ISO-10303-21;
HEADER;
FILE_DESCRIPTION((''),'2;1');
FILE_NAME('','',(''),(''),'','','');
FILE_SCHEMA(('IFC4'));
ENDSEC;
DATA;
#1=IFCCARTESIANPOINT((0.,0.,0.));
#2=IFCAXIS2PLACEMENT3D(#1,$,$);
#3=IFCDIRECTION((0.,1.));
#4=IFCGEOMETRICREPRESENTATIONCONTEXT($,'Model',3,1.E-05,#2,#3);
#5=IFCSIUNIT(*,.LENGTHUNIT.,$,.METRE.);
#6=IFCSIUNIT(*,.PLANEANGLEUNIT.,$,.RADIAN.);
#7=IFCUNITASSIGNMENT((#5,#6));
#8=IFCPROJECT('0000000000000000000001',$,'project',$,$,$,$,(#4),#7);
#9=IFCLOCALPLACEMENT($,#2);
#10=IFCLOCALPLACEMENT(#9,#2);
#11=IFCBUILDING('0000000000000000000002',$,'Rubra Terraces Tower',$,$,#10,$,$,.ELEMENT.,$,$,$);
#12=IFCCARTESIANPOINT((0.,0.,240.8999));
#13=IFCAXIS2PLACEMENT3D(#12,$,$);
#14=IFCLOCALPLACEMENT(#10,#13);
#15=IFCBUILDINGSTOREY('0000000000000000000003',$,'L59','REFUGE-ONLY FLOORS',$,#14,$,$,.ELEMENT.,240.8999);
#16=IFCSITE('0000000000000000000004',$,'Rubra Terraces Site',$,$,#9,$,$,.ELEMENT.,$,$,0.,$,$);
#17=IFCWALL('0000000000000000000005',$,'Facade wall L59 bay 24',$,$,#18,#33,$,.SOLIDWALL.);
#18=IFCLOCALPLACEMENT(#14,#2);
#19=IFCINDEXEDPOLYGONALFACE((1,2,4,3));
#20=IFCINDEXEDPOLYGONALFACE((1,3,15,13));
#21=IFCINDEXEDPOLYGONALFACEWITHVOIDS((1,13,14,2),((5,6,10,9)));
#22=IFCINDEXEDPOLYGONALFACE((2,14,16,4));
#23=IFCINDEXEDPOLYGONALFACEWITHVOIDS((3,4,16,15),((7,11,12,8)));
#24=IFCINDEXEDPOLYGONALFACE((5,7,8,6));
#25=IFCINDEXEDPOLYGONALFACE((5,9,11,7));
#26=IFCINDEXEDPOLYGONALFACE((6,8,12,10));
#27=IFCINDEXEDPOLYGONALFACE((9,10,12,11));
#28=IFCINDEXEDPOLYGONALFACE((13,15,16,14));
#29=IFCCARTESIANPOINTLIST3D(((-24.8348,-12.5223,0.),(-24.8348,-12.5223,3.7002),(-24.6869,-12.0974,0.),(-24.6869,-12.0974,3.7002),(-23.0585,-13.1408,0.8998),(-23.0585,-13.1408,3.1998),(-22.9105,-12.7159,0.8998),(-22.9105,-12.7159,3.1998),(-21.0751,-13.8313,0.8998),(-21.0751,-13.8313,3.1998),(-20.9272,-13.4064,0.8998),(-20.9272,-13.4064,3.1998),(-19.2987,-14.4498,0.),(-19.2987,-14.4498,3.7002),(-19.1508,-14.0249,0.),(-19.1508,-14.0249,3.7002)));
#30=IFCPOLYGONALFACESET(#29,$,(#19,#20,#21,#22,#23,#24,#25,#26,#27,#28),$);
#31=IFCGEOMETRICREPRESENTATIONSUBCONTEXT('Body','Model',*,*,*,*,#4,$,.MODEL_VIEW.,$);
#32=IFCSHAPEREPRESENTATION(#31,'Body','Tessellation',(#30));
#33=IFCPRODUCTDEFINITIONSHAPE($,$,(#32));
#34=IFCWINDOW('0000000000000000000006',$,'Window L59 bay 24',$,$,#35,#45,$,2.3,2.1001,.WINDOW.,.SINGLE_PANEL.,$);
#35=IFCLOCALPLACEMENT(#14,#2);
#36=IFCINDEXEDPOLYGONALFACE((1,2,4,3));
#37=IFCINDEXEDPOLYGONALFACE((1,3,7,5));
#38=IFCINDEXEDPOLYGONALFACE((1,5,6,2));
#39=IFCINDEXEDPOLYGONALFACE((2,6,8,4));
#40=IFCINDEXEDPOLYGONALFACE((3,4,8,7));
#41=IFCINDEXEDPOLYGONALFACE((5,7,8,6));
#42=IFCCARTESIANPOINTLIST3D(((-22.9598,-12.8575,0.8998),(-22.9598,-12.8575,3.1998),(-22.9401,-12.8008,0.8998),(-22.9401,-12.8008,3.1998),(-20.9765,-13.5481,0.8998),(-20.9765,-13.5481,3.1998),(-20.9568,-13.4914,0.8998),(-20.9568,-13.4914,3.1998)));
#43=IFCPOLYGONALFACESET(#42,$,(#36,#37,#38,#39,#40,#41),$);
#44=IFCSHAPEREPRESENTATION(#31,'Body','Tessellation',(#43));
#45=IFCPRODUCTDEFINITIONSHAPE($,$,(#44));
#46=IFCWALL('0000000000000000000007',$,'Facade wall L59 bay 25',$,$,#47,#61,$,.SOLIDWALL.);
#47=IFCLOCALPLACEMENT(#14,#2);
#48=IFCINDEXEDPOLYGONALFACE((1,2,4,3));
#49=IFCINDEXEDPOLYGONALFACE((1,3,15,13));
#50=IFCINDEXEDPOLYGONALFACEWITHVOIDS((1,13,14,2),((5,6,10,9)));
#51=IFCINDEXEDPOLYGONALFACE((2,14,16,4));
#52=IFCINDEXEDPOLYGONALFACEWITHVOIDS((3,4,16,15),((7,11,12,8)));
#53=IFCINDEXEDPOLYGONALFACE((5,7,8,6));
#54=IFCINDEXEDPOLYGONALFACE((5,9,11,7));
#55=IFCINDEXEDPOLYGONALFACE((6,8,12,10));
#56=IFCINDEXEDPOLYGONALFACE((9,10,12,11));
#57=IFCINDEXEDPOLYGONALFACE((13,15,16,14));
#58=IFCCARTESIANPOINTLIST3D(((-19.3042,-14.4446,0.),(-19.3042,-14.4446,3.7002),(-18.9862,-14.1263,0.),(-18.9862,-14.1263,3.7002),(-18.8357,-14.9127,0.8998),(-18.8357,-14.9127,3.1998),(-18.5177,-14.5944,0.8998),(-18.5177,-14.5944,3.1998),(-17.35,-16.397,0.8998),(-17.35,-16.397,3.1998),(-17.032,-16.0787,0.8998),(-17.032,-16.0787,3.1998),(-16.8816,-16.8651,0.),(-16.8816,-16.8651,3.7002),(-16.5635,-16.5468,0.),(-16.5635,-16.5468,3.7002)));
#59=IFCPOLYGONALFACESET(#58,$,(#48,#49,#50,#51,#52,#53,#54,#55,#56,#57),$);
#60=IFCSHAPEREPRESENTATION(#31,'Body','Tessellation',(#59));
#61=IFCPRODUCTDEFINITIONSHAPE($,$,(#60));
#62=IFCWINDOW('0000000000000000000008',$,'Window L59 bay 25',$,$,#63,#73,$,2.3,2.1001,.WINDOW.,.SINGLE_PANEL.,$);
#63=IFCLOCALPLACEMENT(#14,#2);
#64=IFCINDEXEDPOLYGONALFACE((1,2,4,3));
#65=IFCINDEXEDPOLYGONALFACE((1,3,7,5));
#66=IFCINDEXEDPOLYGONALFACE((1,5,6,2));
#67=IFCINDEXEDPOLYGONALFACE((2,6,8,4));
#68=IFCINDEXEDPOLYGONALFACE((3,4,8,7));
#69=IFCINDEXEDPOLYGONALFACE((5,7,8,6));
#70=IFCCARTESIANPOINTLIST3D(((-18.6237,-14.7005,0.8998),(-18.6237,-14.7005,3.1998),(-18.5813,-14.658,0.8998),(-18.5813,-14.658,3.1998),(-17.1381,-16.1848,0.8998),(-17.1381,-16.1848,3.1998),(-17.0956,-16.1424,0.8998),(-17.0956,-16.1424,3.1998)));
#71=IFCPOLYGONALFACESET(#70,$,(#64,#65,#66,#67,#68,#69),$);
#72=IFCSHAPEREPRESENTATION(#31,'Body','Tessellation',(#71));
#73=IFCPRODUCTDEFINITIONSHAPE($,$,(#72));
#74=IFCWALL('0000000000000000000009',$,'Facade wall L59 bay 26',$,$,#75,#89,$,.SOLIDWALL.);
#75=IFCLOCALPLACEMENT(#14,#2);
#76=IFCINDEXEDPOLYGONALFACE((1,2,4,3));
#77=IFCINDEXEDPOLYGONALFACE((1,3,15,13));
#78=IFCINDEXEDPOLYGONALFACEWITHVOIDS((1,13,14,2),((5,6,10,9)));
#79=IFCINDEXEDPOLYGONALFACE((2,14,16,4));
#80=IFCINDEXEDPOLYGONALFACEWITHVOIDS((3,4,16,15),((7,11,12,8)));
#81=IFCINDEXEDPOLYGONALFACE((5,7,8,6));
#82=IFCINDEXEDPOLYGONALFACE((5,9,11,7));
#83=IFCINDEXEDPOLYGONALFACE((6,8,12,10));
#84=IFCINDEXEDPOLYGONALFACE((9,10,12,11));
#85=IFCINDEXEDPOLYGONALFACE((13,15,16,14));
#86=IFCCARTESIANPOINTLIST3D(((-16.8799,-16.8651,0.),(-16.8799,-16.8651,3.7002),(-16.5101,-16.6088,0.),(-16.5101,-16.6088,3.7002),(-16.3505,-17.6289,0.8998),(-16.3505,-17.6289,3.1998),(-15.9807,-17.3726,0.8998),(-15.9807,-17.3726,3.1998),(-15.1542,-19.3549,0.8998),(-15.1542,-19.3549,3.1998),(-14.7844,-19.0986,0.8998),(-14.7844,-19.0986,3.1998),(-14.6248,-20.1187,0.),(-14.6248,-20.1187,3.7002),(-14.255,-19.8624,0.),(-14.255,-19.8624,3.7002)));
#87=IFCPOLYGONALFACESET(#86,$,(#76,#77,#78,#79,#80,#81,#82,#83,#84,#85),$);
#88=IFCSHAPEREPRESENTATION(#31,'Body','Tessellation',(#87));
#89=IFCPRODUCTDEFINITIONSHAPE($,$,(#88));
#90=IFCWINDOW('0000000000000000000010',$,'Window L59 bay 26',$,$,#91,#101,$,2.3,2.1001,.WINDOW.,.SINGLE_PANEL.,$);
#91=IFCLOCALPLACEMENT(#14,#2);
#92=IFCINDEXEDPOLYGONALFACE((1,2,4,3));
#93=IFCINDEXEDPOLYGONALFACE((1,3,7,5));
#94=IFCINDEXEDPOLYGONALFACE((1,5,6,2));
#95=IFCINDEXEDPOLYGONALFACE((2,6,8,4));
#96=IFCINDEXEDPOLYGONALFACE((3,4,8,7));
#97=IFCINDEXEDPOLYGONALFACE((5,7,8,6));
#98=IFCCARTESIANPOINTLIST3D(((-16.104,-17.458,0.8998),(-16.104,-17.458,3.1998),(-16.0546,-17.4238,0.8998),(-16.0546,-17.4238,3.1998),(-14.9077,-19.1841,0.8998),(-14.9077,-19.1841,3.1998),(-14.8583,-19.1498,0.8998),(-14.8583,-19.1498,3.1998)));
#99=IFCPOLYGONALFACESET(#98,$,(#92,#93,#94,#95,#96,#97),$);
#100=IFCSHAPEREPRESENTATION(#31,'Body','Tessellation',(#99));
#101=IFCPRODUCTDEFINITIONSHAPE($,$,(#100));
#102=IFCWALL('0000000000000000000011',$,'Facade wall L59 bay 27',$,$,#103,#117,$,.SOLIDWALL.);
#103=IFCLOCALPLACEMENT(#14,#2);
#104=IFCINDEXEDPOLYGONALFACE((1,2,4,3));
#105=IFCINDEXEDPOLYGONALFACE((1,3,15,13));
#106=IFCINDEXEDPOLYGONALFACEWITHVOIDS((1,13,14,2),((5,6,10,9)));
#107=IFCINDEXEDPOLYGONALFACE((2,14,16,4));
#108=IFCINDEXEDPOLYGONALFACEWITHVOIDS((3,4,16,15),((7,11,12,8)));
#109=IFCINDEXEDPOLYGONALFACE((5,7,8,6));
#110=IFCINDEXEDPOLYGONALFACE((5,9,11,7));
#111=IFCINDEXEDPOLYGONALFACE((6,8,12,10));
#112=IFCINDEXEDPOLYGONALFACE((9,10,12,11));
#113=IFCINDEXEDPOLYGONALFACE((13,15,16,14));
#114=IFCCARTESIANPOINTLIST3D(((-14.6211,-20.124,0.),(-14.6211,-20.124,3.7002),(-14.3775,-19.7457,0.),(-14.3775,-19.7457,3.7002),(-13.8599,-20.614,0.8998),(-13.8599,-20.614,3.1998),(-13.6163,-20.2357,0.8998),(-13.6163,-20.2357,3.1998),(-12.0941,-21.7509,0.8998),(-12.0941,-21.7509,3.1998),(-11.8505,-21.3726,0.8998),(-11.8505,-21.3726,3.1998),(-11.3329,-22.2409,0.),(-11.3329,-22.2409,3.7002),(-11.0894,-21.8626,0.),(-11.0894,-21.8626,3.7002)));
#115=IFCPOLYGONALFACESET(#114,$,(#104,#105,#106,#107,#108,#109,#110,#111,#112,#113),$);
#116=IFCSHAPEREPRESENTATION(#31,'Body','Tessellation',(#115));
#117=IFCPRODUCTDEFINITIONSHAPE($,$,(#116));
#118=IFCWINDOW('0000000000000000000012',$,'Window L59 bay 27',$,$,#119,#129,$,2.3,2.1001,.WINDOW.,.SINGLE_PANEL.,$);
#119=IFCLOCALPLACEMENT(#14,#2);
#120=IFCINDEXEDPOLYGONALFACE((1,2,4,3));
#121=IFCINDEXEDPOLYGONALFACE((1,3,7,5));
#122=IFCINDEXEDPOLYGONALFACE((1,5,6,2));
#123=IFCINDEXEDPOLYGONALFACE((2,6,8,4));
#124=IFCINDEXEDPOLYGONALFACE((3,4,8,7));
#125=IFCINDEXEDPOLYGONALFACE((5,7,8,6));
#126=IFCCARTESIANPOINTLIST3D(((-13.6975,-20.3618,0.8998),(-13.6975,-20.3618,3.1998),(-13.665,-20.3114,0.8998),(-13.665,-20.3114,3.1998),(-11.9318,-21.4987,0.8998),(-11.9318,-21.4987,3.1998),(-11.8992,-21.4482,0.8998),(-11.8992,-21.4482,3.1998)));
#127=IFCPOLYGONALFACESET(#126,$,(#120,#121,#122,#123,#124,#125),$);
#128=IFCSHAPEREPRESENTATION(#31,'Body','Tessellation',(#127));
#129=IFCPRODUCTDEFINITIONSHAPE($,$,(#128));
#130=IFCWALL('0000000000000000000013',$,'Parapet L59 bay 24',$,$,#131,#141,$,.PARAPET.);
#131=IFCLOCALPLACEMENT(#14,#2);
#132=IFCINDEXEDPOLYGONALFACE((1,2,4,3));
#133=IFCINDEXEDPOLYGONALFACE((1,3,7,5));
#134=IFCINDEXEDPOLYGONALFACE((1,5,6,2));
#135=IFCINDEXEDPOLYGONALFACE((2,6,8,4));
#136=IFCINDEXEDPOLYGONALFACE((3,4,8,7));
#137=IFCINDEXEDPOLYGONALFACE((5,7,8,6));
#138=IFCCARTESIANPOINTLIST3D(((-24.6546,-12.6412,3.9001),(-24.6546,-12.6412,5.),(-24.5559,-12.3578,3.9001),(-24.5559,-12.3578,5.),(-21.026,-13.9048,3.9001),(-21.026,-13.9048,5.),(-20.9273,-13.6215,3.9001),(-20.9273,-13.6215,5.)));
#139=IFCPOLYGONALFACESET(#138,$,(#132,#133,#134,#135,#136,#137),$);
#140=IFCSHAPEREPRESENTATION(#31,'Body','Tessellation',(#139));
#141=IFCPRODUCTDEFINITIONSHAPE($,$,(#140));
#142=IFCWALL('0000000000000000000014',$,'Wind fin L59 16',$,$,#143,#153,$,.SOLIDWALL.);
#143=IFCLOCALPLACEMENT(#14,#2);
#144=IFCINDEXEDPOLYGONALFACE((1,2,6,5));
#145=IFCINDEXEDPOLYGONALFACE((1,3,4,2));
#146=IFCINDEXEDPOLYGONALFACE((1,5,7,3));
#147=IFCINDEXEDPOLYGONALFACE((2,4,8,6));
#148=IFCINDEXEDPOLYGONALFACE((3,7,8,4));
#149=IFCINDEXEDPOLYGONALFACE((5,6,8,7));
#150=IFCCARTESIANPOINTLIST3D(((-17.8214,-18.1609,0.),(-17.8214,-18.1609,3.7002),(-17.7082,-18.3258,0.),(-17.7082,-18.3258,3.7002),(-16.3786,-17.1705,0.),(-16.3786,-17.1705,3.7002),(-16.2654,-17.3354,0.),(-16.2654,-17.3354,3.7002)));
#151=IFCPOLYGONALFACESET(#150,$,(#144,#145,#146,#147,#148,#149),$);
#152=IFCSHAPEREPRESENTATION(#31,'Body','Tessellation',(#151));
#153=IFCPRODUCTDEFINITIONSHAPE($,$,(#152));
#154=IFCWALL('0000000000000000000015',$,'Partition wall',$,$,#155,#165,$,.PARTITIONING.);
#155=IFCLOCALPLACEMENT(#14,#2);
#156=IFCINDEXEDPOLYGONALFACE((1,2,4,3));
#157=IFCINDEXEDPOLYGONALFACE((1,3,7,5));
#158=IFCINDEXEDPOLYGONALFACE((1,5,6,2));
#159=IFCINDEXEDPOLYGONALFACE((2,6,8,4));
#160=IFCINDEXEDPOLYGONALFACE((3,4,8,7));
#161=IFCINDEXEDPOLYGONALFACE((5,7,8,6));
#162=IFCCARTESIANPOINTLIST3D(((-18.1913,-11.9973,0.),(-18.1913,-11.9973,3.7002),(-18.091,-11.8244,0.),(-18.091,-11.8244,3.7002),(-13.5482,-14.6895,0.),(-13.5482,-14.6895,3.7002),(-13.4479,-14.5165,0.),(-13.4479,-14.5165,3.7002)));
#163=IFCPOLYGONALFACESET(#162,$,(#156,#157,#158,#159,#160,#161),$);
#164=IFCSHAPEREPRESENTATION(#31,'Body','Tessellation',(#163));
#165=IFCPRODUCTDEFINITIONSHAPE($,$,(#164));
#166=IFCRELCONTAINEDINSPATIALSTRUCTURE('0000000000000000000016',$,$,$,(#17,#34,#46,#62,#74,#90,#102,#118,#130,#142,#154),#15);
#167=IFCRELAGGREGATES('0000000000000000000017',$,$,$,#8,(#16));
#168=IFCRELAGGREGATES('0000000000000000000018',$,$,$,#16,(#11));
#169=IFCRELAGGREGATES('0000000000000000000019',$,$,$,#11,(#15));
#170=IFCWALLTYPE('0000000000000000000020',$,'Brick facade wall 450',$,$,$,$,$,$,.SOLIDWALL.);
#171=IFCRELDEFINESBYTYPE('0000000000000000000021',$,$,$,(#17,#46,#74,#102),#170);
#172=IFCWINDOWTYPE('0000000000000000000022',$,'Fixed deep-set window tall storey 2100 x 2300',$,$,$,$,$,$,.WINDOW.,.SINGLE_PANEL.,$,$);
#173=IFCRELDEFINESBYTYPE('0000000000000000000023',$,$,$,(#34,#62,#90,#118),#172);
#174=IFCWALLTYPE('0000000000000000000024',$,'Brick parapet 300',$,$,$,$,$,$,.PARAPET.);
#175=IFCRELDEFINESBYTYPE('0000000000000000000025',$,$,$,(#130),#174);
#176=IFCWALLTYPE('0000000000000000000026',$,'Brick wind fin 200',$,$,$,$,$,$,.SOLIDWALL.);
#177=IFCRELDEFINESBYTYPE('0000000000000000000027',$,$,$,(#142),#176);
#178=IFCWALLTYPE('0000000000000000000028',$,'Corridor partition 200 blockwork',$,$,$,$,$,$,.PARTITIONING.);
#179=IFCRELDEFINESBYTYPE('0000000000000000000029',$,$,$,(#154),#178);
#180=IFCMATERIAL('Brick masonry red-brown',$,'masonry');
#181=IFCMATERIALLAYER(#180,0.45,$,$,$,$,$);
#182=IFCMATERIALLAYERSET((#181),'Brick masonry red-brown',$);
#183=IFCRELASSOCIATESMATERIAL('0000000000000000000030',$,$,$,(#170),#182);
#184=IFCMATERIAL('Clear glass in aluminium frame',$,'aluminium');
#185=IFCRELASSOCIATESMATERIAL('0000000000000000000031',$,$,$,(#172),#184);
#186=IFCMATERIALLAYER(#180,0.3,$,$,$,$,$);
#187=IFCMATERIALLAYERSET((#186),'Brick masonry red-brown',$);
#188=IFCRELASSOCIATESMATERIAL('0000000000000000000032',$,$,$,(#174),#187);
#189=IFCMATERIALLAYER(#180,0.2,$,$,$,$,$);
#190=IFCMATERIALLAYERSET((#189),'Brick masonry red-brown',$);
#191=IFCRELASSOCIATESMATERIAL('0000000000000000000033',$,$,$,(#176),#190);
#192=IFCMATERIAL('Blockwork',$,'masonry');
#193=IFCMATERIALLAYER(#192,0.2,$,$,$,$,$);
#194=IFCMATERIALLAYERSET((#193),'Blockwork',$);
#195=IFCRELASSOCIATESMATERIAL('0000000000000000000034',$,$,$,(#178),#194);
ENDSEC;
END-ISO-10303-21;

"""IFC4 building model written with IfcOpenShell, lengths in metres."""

from ifc_helpers import new_model, si_unit, direction, frame, frame_2d, origin, place, context, subcontext, project, spatial, rectangle, extrude, material, layer, layer_set, type_object, element, fill, save


model = new_model("IFC4")

# Units and contexts
model_context = context("Model", 3, precision=1e-05, world=origin(), true_north=direction((0.0, 1.0)))
body_context = subcontext(model_context, "Body", "Model", "MODEL_VIEW")
ifc_project = project(units=[si_unit("LENGTHUNIT", "METRE"), si_unit("PLANEANGLEUNIT", "RADIAN")], contexts=[model_context])

# Site, building, storey
site_placement = place(None, origin())
site = spatial("IfcSite", under=ifc_project, at=site_placement, Name="Rubra Terraces Site", CompositionType="ELEMENT", RefElevation=0.0)
building_placement = place(site_placement, origin())
building = spatial("IfcBuilding", under=site, at=building_placement, Name="Rubra Terraces Tower", CompositionType="ELEMENT")
storey_placement = place(building_placement, frame((0.0, 0.0, 240.8999)))
storey = spatial("IfcBuildingStorey", under=building, at=storey_placement, Name="L59", Description="REFUGE-ONLY FLOORS", CompositionType="ELEMENT", Elevation=240.8999)

# Walls, openings, windows
ifc_material_1 = material(Name="Brick masonry red-brown", Category="masonry")
ifc_layer_1 = layer(ifc_material_1, 0.45)
ifc_layer_set_1 = layer_set([ifc_layer_1], Name="Brick masonry red-brown")
wall_type_1 = type_object("IfcWallType", Name="Brick facade wall 450", PredefinedType="SOLIDWALL", material=ifc_layer_set_1)
wall_1_placement = place(storey_placement, frame((-24.761, -12.3098, 0.0), z_axis=(0.0, 0.0, 1.0), x_axis=(0.944397, -0.328807, 0.0)))
wall_1 = element("IfcWall", 1, at=wall_1_placement, inside=storey, type_object=wall_type_1, Name="Facade wall L59 bay 24", PredefinedType="SOLIDWALL", context=body_context, shape_type="SweptSolid", body=[
    extrude(rectangle(XDim=5.8621, YDim=0.45, at=frame_2d((2.9312, 0.0))), origin(), (0.0, 0.0, 1.0), 3.7002),
])
opening_1_placement = place(wall_1_placement, frame((1.8811, 0.0, 0.8999)))
opening_1 = element("IfcOpeningElement", 2, at=opening_1_placement, cuts=wall_1, PredefinedType="OPENING", context=body_context, shape_type="SweptSolid", body=[
    extrude(rectangle(XDim=2.1001, YDim=2.3, at=frame_2d((1.05, 1.1499))), frame((0.0, 0.2349, 0.0), z_axis=(0.0, -1.0, 0.0), x_axis=(1.0, 0.0, 0.0)), (0.0, 0.0, 1.0), 0.47),
])
ifc_material_2 = material(Name="Clear glass in aluminium frame", Category="aluminium")
window_type = type_object("IfcWindowType", Name="Fixed deep-set window tall storey 2100 x 2300", PartitioningType="SINGLE_PANEL", PredefinedType="WINDOW", material=ifc_material_2)
window_1_placement = place(opening_1_placement, origin())
window_1 = element("IfcWindow", 3, at=window_1_placement, inside=storey, type_object=window_type, Name="Window L59 bay 24", OverallHeight=2.3, OverallWidth=2.1001, PartitioningType="SINGLE_PANEL", PredefinedType="WINDOW", context=body_context, shape_type="SweptSolid", body=[
    extrude(rectangle(XDim=2.1001, YDim=2.3, at=frame_2d((1.05, 1.1499))), frame((0.0, 0.135, 0.0), z_axis=(0.0, -1.0, 0.0), x_axis=(1.0, 0.0, 0.0)), (0.0, 0.0, 1.0), 0.0601),
])
fill(opening_1, window_1)
wall_2_placement = place(storey_placement, frame((-19.1453, -14.2854, 0.0), z_axis=(0.0, 0.0, 1.0), x_axis=(0.707428, -0.706786, 0.0)))
wall_2 = element("IfcWall", 4, at=wall_2_placement, inside=storey, type_object=wall_type_1, Name="Facade wall L59 bay 25", PredefinedType="SOLIDWALL", context=body_context, shape_type="SweptSolid", body=[
    extrude(rectangle(XDim=3.4246, YDim=0.45, at=frame_2d((1.7124, 0.0))), origin(), (0.0, 0.0, 1.0), 3.7002),
])
opening_2_placement = place(wall_2_placement, frame((0.6624, 0.0, 0.8999)))
opening_2 = element("IfcOpeningElement", 5, at=opening_2_placement, cuts=wall_2, PredefinedType="OPENING", context=body_context, shape_type="SweptSolid", body=[
    extrude(rectangle(XDim=2.1001, YDim=2.3, at=frame_2d((1.05, 1.1499))), frame((0.0, 0.2349, 0.0), z_axis=(0.0, -1.0, 0.0), x_axis=(1.0, 0.0, 0.0)), (0.0, 0.0, 1.0), 0.47),
])
window_2_placement = place(opening_2_placement, origin())
window_2 = element("IfcWindow", 6, at=window_2_placement, inside=storey, type_object=window_type, Name="Window L59 bay 25", OverallHeight=2.3, OverallWidth=2.1001, PartitioningType="SINGLE_PANEL", PredefinedType="WINDOW", context=body_context, shape_type="SweptSolid", body=[
    extrude(rectangle(XDim=2.1001, YDim=2.3, at=frame_2d((1.05, 1.1499))), frame((0.0, 0.135, 0.0), z_axis=(0.0, -1.0, 0.0), x_axis=(1.0, 0.0, 0.0)), (0.0, 0.0, 1.0), 0.0601),
])
fill(opening_2, window_2)
wall_3_placement = place(storey_placement, frame((-16.6951, -16.7368, 0.0), z_axis=(0.0, 0.0, 1.0), x_axis=(0.569652, -0.821886, 0.0)))
wall_3 = element("IfcWall", 7, at=wall_3_placement, inside=storey, type_object=wall_type_1, Name="Facade wall L59 bay 26", PredefinedType="SOLIDWALL", context=body_context, shape_type="SweptSolid", body=[
    extrude(rectangle(XDim=3.9587, YDim=0.45, at=frame_2d((1.9795, 0.0))), origin(), (0.0, 0.0, 1.0), 3.7002),
])
opening_3_placement = place(wall_3_placement, frame((0.9294, 0.0, 0.8999)))
opening_3 = element("IfcOpeningElement", 8, at=opening_3_placement, cuts=wall_3, PredefinedType="OPENING", context=body_context, shape_type="SweptSolid", body=[
    extrude(rectangle(XDim=2.1001, YDim=2.3, at=frame_2d((1.05, 1.1499))), frame((0.0, 0.2349, 0.0), z_axis=(0.0, -1.0, 0.0), x_axis=(1.0, 0.0, 0.0)), (0.0, 0.0, 1.0), 0.47),
])
window_3_placement = place(opening_3_placement, origin())
window_3 = element("IfcWindow", 9, at=window_3_placement, inside=storey, type_object=window_type, Name="Window L59 bay 26", OverallHeight=2.3, OverallWidth=2.1001, PartitioningType="SINGLE_PANEL", PredefinedType="WINDOW", context=body_context, shape_type="SweptSolid", body=[
    extrude(rectangle(XDim=2.1001, YDim=2.3, at=frame_2d((1.05, 1.1499))), frame((0.0, 0.135, 0.0), z_axis=(0.0, -1.0, 0.0), x_axis=(1.0, 0.0, 0.0)), (0.0, 0.0, 1.0), 0.0601),
])
fill(opening_3, window_3)
wall_4_placement = place(storey_placement, frame((-14.4993, -19.9348, 0.0), z_axis=(0.0, 0.0, 1.0), x_axis=(0.840809, -0.541332, 0.0)))
wall_4 = element("IfcWall", 10, at=wall_4_placement, inside=storey, type_object=wall_type_1, Name="Facade wall L59 bay 27", PredefinedType="SOLIDWALL", context=body_context, shape_type="SweptSolid", body=[
    extrude(rectangle(XDim=3.9106, YDim=0.45, at=frame_2d((1.9553, 0.0))), origin(), (0.0, 0.0, 1.0), 3.7002),
])
opening_4_placement = place(wall_4_placement, frame((0.9053, 0.0, 0.8999)))
opening_4 = element("IfcOpeningElement", 11, at=opening_4_placement, cuts=wall_4, PredefinedType="OPENING", context=body_context, shape_type="SweptSolid", body=[
    extrude(rectangle(XDim=2.1001, YDim=2.3, at=frame_2d((1.05, 1.1499))), frame((0.0, 0.2349, 0.0), z_axis=(0.0, -1.0, 0.0), x_axis=(1.0, 0.0, 0.0)), (0.0, 0.0, 1.0), 0.47),
])
window_4_placement = place(opening_4_placement, origin())
window_4 = element("IfcWindow", 12, at=window_4_placement, inside=storey, type_object=window_type, Name="Window L59 bay 27", OverallHeight=2.3, OverallWidth=2.1001, PartitioningType="SINGLE_PANEL", PredefinedType="WINDOW", context=body_context, shape_type="SweptSolid", body=[
    extrude(rectangle(XDim=2.1001, YDim=2.3, at=frame_2d((1.05, 1.1499))), frame((0.0, 0.135, 0.0), z_axis=(0.0, -1.0, 0.0), x_axis=(1.0, 0.0, 0.0)), (0.0, 0.0, 1.0), 0.0601),
])
fill(opening_4, window_4)

# Walls
ifc_layer_2 = layer(ifc_material_1, 0.3)
ifc_layer_set_2 = layer_set([ifc_layer_2], Name="Brick masonry red-brown")
wall_type_2 = type_object("IfcWallType", Name="Brick parapet 300", PredefinedType="PARAPET", material=ifc_layer_set_2)
wall_5_placement = place(storey_placement, frame((-24.6052, -12.4995, 3.9001), z_axis=(0.0, 0.0, 1.0), x_axis=(0.944373, -0.328875, 0.0)))
element("IfcWall", 13, at=wall_5_placement, inside=storey, type_object=wall_type_2, Name="Parapet L59 bay 24", PredefinedType="PARAPET", context=body_context, shape_type="SweptSolid", body=[
    extrude(rectangle(XDim=3.8423, YDim=0.3, at=frame_2d((1.9211, 0.0))), origin(), (0.0, 0.0, 1.0), 1.0999),
])
ifc_layer_3 = layer(ifc_material_1, 0.2)
ifc_layer_set_3 = layer_set([ifc_layer_3], Name="Brick masonry red-brown")
wall_type_3 = type_object("IfcWallType", Name="Brick wind fin 200", PredefinedType="SOLIDWALL", material=ifc_layer_set_3)
wall_6_placement = place(storey_placement, frame((-16.322, -17.2529, 0.0), z_axis=(0.0, 0.0, 1.0), x_axis=(-0.824441, -0.565948, 0.0)))
element("IfcWall", 14, at=wall_6_placement, inside=storey, type_object=wall_type_3, Name="Wind fin L59 16", PredefinedType="SOLIDWALL", context=body_context, shape_type="SweptSolid", body=[
    extrude(rectangle(XDim=1.75, YDim=0.2, at=frame_2d((0.875, 0.0))), origin(), (0.0, 0.0, 1.0), 3.7002),
])
ifc_material_3 = material(Name="Blockwork", Category="masonry")
ifc_layer_4 = layer(ifc_material_3, 0.2)
ifc_layer_set_4 = layer_set([ifc_layer_4], Name="Blockwork")
wall_type_4 = type_object("IfcWallType", Name="Corridor partition 200 blockwork", PredefinedType="PARTITIONING", material=ifc_layer_set_4)
wall_7_placement = place(storey_placement, frame((-13.498, -14.603, 0.0), z_axis=(0.0, 0.0, 1.0), x_axis=(-0.865099, 0.501601, 0.0)))
element("IfcWall", 15, at=wall_7_placement, inside=storey, type_object=wall_type_4, Name="Partition wall", PredefinedType="PARTITIONING", context=body_context, shape_type="SweptSolid", body=[
    extrude(rectangle(XDim=5.3672, YDim=0.2, at=frame_2d((2.6836, 0.0))), origin(), (0.0, 0.0, 1.0), 3.7002),
])

save(model, "model.ifc")
